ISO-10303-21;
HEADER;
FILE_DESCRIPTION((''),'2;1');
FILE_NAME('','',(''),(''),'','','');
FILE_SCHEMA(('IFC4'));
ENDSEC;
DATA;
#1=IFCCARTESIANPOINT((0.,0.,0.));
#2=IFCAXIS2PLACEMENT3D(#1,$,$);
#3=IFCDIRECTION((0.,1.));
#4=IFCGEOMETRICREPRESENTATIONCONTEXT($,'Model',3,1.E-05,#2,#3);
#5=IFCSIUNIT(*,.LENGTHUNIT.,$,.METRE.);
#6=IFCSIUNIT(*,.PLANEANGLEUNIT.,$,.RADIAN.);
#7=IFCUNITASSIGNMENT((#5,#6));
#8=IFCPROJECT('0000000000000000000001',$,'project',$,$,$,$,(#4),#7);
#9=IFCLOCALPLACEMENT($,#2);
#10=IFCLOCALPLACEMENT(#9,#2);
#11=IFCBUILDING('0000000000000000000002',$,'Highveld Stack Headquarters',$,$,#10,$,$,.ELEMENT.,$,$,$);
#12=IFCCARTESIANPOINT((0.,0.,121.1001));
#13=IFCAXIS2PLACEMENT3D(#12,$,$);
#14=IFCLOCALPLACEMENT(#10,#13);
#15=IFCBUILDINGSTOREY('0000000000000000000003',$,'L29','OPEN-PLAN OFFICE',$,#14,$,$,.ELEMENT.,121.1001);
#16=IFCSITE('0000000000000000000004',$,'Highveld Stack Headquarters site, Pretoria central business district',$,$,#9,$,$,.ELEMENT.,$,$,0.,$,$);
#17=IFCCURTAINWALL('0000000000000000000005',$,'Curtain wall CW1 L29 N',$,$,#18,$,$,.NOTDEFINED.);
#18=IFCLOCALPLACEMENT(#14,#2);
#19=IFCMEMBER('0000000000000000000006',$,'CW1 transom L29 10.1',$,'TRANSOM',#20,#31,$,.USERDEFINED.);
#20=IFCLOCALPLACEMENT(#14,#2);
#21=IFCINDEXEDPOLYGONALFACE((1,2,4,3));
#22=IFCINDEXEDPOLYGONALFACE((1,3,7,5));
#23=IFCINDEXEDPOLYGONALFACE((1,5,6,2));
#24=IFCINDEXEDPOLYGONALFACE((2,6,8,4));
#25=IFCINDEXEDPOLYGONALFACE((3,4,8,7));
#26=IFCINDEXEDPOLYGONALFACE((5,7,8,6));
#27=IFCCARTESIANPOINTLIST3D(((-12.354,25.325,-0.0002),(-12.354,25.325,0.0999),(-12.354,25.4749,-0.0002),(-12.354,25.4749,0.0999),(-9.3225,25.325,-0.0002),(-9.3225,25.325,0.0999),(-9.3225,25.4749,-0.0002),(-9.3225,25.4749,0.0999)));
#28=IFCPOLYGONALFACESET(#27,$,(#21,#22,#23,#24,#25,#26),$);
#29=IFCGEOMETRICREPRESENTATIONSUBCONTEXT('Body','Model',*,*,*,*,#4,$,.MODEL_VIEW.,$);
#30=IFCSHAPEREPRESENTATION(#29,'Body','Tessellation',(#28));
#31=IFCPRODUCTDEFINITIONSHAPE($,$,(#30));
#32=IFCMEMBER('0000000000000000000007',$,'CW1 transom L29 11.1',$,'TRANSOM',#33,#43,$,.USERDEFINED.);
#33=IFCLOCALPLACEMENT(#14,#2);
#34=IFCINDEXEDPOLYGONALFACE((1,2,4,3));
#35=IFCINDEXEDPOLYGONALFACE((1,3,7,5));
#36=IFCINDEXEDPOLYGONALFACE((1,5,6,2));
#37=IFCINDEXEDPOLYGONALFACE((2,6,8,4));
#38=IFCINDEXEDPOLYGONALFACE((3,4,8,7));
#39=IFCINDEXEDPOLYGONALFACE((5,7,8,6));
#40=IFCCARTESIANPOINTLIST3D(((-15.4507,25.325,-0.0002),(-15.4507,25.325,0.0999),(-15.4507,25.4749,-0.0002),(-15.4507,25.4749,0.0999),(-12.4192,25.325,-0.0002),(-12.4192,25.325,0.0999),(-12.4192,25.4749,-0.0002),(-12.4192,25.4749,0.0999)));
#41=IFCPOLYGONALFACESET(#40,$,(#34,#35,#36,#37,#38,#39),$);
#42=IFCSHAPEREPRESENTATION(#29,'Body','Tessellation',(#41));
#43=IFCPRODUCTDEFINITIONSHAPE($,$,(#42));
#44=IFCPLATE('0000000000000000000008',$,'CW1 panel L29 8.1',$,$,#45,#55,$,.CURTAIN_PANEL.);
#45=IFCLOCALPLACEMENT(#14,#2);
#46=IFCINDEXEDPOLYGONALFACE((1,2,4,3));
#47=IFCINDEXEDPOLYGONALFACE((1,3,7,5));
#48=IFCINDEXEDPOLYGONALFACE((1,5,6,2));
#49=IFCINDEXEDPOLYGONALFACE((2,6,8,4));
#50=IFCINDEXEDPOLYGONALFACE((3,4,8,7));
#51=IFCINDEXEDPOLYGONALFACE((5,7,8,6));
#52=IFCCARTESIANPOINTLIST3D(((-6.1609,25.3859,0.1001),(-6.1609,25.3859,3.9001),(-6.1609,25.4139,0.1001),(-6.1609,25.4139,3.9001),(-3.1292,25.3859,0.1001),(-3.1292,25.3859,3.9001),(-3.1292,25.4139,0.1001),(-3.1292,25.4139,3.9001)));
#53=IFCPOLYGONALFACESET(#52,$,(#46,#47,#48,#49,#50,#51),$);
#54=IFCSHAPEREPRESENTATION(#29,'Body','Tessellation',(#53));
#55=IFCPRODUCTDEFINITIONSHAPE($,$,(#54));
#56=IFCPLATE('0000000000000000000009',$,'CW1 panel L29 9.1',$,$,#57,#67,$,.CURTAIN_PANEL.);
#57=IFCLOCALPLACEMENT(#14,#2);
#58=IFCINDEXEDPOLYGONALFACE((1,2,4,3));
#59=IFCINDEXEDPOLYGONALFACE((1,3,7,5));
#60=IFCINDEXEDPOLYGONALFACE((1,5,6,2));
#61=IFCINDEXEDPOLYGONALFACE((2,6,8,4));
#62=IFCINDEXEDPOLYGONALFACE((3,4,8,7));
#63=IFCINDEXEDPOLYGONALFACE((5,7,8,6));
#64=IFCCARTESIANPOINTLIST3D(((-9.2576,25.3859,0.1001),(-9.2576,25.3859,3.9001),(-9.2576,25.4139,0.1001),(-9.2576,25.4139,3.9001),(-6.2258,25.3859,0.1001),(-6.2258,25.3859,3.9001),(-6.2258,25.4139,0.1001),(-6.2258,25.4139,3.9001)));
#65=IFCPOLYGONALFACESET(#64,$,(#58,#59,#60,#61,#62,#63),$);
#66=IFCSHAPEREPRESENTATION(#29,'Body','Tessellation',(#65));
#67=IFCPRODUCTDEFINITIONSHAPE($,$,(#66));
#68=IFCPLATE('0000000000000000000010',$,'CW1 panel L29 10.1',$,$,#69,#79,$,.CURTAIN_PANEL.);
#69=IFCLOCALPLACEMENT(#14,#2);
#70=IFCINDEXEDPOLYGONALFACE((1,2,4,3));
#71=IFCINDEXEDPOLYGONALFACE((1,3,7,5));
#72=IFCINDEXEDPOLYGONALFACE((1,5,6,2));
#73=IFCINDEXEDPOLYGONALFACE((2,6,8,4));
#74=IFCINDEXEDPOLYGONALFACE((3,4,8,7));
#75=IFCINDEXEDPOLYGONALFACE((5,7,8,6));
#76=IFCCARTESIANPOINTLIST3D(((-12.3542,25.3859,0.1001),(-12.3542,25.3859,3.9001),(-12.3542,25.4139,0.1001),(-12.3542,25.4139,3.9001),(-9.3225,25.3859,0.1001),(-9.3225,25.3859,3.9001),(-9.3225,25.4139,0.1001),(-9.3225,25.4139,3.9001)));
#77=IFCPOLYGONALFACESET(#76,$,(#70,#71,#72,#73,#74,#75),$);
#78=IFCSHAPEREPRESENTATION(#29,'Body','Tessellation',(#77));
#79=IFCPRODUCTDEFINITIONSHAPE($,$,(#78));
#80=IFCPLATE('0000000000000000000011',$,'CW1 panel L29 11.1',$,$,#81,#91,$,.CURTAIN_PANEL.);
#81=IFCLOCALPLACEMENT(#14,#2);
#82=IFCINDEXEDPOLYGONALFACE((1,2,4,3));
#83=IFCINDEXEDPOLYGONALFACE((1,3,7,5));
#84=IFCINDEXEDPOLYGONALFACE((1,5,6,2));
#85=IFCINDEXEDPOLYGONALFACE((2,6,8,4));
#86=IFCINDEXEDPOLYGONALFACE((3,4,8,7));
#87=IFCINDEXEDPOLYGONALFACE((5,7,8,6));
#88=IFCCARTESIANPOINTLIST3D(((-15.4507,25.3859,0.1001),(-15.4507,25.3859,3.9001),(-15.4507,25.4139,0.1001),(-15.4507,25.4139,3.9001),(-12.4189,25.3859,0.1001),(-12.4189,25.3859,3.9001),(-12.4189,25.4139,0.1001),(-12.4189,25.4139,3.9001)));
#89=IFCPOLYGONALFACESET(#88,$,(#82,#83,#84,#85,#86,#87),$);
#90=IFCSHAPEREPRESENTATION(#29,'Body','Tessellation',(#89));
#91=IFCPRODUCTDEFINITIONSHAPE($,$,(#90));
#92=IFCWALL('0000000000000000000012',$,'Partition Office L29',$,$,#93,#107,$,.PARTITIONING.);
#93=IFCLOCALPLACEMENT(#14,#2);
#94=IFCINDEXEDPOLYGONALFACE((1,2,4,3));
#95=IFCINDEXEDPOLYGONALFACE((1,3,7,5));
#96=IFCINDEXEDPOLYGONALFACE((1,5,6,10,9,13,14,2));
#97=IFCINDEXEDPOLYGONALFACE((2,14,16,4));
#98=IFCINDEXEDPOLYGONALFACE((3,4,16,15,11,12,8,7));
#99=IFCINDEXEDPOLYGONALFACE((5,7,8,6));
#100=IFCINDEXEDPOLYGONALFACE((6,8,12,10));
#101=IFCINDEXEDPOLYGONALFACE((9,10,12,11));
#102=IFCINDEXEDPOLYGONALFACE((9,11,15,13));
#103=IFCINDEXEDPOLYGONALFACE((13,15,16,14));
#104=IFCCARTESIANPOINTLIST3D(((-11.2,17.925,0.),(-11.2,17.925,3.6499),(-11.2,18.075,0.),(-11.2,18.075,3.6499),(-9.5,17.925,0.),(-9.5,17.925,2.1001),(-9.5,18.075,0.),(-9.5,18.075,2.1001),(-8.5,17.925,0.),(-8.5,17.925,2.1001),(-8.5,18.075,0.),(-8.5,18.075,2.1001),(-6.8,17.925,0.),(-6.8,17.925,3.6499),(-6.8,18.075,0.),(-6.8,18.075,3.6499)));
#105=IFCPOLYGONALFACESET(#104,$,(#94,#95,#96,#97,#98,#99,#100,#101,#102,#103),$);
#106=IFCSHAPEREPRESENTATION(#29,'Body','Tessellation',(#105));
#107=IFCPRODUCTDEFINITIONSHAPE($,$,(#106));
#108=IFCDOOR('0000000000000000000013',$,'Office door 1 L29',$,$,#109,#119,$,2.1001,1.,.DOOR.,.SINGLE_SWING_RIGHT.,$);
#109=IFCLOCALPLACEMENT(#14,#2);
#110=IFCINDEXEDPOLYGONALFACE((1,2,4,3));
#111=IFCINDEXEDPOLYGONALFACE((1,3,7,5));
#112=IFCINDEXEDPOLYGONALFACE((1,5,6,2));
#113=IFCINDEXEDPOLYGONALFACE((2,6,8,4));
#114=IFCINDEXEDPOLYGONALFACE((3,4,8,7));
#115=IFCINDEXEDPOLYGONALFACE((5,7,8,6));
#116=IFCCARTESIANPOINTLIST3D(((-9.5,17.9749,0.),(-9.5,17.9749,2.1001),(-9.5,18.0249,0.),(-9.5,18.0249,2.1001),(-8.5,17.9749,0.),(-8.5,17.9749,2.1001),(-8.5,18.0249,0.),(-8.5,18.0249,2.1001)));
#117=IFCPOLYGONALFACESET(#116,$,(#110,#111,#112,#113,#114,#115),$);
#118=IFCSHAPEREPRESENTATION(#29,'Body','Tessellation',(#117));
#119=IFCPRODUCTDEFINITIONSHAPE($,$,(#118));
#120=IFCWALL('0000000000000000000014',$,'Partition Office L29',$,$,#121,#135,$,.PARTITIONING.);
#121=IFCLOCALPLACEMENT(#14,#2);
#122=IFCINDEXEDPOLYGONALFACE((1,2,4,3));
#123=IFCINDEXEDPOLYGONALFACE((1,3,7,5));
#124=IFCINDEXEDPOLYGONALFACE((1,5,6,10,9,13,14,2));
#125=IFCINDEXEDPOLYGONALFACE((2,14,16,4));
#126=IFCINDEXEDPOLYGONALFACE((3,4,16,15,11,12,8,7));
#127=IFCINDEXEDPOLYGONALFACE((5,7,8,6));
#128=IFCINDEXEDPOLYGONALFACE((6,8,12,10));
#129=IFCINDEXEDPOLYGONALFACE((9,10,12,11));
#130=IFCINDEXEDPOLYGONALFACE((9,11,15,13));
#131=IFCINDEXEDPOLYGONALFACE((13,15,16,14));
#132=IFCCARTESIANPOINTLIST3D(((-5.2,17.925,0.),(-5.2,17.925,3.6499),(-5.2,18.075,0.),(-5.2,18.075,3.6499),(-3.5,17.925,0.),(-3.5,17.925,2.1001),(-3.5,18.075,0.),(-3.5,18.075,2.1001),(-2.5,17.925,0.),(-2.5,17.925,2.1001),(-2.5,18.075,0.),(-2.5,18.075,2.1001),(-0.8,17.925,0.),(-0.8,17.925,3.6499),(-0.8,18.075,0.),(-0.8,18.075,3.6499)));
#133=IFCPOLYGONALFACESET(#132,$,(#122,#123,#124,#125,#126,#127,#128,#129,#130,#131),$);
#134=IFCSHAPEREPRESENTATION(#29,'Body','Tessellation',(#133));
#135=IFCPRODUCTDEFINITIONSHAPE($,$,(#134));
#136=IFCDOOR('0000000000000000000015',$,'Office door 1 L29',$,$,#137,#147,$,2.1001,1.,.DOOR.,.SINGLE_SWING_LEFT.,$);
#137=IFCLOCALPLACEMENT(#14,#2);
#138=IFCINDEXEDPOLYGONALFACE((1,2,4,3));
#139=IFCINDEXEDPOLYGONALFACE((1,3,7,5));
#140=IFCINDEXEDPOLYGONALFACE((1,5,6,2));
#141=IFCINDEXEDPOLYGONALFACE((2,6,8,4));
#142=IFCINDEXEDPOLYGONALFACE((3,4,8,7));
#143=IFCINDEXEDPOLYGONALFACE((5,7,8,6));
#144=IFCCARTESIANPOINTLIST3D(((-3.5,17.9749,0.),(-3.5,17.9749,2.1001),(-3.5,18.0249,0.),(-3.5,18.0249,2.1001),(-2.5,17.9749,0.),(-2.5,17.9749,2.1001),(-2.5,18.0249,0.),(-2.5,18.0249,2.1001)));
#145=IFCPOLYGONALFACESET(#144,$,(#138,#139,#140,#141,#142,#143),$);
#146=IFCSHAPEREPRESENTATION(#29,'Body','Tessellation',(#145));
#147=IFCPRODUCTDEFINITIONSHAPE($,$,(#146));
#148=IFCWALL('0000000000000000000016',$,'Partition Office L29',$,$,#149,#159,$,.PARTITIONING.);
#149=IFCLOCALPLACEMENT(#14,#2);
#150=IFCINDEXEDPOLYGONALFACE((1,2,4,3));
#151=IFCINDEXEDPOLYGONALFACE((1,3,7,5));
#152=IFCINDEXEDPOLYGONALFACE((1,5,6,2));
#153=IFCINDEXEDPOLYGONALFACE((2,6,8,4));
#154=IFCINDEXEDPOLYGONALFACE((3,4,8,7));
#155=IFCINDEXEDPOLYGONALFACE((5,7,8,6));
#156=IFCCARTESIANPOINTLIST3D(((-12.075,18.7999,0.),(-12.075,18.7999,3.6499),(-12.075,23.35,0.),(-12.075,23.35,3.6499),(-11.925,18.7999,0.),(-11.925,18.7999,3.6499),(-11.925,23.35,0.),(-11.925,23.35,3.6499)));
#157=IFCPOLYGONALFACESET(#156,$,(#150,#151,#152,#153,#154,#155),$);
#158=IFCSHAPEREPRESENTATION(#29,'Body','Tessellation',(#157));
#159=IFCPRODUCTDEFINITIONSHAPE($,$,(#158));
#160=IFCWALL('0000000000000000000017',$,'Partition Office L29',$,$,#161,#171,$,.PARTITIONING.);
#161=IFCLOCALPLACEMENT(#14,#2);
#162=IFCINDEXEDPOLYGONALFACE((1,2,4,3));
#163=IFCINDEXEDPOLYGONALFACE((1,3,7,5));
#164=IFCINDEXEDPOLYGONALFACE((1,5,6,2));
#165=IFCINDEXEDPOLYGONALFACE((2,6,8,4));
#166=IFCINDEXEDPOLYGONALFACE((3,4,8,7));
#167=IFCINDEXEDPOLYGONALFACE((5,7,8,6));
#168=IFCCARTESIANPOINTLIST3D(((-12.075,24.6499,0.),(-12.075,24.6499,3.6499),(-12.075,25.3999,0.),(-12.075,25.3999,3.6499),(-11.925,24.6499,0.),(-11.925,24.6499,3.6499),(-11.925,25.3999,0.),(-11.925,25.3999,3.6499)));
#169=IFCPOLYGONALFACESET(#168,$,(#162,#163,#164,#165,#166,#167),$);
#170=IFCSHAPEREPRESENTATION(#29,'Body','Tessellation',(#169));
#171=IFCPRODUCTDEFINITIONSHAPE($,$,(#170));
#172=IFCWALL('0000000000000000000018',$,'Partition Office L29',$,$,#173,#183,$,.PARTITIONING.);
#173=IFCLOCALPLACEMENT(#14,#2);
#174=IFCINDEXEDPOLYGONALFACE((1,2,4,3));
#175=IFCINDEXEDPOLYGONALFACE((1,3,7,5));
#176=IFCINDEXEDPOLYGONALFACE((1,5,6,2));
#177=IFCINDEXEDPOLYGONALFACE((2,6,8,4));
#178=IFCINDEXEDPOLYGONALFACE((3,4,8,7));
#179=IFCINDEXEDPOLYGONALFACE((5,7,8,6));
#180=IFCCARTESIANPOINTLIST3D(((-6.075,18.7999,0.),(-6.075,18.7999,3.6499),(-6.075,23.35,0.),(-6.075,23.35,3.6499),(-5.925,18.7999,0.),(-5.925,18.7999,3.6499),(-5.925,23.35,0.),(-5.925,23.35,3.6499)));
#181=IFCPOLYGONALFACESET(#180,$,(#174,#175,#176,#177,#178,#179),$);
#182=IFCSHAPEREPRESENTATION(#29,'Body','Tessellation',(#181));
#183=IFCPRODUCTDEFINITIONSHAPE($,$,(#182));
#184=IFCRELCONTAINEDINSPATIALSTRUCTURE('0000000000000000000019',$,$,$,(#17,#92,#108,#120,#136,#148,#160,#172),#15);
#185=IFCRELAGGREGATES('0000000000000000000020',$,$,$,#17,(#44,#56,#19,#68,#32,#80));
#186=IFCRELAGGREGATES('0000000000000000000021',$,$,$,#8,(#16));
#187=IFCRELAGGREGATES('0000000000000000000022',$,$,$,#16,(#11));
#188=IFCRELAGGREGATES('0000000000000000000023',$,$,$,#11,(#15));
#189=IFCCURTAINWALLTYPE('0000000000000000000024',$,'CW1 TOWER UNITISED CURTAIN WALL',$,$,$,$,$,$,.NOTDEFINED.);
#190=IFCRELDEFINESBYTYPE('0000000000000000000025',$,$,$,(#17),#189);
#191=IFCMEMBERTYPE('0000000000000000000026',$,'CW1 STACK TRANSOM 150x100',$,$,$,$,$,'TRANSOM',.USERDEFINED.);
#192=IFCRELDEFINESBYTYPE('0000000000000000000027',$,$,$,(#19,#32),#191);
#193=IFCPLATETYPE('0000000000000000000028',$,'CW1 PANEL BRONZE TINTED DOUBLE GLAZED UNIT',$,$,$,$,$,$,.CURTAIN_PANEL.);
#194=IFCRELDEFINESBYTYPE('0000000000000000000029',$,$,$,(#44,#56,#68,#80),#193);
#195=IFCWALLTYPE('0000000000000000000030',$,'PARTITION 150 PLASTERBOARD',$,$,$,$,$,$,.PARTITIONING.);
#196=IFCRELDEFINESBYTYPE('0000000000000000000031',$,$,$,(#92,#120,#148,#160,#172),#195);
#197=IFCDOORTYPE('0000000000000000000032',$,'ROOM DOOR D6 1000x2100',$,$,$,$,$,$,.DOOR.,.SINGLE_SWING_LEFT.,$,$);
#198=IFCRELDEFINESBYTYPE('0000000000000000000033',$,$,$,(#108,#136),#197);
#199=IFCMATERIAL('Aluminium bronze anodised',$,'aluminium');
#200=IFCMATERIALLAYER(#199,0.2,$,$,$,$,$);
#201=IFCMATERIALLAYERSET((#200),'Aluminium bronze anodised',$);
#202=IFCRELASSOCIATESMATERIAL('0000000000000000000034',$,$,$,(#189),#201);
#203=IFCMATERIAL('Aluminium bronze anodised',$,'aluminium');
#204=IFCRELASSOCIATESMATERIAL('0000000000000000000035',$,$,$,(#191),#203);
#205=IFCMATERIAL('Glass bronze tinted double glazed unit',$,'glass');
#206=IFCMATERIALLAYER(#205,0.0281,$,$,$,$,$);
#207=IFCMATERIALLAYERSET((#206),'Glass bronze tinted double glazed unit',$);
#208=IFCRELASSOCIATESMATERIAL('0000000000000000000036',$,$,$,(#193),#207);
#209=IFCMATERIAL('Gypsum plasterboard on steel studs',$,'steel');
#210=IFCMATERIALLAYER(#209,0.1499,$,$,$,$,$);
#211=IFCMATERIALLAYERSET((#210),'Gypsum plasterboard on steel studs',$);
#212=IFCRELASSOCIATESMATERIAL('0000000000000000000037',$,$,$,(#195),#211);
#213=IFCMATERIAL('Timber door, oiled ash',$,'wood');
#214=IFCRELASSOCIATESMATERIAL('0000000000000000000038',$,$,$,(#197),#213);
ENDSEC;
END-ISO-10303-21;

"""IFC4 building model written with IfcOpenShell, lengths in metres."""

from ifc_helpers import new_model, si_unit, direction, frame, frame_2d, origin, origin_2d, place, context, subcontext, project, spatial, rectangle, extrude, material, layer, layer_set, material_profile, profile_set, type_object, element, fill, aggregate, save


model = new_model("IFC4")

# Units and contexts
model_context = context("Model", 3, precision=1e-05, world=origin(), true_north=direction((0.0, 1.0)))
body_context = subcontext(model_context, "Body", "Model", "MODEL_VIEW")
ifc_project = project(units=[si_unit("LENGTHUNIT", "METRE"), si_unit("PLANEANGLEUNIT", "RADIAN")], contexts=[model_context])

# Site, building, storey
site_placement = place(None, origin())
site = spatial("IfcSite", under=ifc_project, at=site_placement, Name="Highveld Stack Headquarters site, Pretoria central business district", CompositionType="ELEMENT", RefElevation=0.0)
building_placement = place(site_placement, origin())
building = spatial("IfcBuilding", under=site, at=building_placement, Name="Highveld Stack Headquarters", CompositionType="ELEMENT")
storey_placement = place(building_placement, frame((0.0, 0.0, 121.1001)))
storey = spatial("IfcBuildingStorey", under=building, at=storey_placement, Name="L29", Description="OPEN-PLAN OFFICE", CompositionType="ELEMENT", Elevation=121.1001)

# Curtain wall, members, plates
ifc_material_1 = material(Name="Aluminium bronze anodised", Category="aluminium")
ifc_layer_1 = layer(ifc_material_1, 0.2)
ifc_layer_set_1 = layer_set([ifc_layer_1], Name="Aluminium bronze anodised")
curtain_wall_type = type_object("IfcCurtainWallType", Name="CW1 TOWER UNITISED CURTAIN WALL", PredefinedType="NOTDEFINED", material=ifc_layer_set_1)
curtain_wall_placement = place(storey_placement, origin())
curtain_wall = element("IfcCurtainWall", 1, at=curtain_wall_placement, inside=storey, type_object=curtain_wall_type, Name="Curtain wall CW1 L29 N", PredefinedType="NOTDEFINED")
ifc_material_2 = material(Name="Aluminium bronze anodised", Category="aluminium")
ifc_material_profile_1 = material_profile(ifc_material_2, rectangle(XDim=0.1499, YDim=0.1001, at=origin_2d()), Name="CW1 TRANSOM 150x100")
ifc_profile_set_1 = profile_set([ifc_material_profile_1], Name="Aluminium bronze anodised")
member_type_1 = type_object("IfcMemberType", Name="CW1 STACK TRANSOM 150x100", ElementType="TRANSOM", PredefinedType="USERDEFINED", material=ifc_profile_set_1)
member_1_placement = place(storey_placement, frame((-9.3225, 25.3999, 0.0498), z_axis=(-1.0, 0.0, 0.0), x_axis=(0.0, -1.0, 0.0)))
member_1 = element("IfcMember", 2, at=member_1_placement, type_object=member_type_1, Name="CW1 transom L29 10.1", ObjectType="TRANSOM", PredefinedType="USERDEFINED", context=body_context, shape_type="SweptSolid", body=[
    extrude(rectangle(XDim=0.1499, YDim=0.1001, at=origin_2d()), origin(), (0.0, 0.0, 1.0), 3.0315),
])
member_2_placement = place(storey_placement, frame((-12.4192, 25.3999, 0.0498), z_axis=(-1.0, 0.0, 0.0), x_axis=(0.0, -1.0, 0.0)))
member_2 = element("IfcMember", 3, at=member_2_placement, type_object=member_type_1, Name="CW1 transom L29 11.1", ObjectType="TRANSOM", PredefinedType="USERDEFINED", context=body_context, shape_type="SweptSolid", body=[
    extrude(rectangle(XDim=0.1499, YDim=0.1001, at=origin_2d()), origin(), (0.0, 0.0, 1.0), 3.0315),
])
ifc_material_3 = material(Name="Glass bronze tinted double glazed unit", Category="glass")
ifc_layer_2 = layer(ifc_material_3, 0.0281)
ifc_layer_set_2 = layer_set([ifc_layer_2], Name="Glass bronze tinted double glazed unit")
plate_type = type_object("IfcPlateType", Name="CW1 PANEL BRONZE TINTED DOUBLE GLAZED UNIT", PredefinedType="CURTAIN_PANEL", material=ifc_layer_set_2)
plate_1_placement = place(storey_placement, frame((-4.645, 25.3999, 0.1001), z_axis=(0.0, 0.0, 1.0), x_axis=(-1.0, 0.0, 0.0)))
plate_1 = element("IfcPlate", 4, at=plate_1_placement, type_object=plate_type, Name="CW1 panel L29 8.1", PredefinedType="CURTAIN_PANEL", context=body_context, shape_type="SweptSolid", body=[
    extrude(rectangle(XDim=3.0317, YDim=0.0281, at=origin_2d()), origin(), (0.0, 0.0, 1.0), 3.8),
])
plate_2_placement = place(storey_placement, frame((-7.7417, 25.3999, 0.1001), z_axis=(0.0, 0.0, 1.0), x_axis=(-1.0, 0.0, 0.0)))
plate_2 = element("IfcPlate", 5, at=plate_2_placement, type_object=plate_type, Name="CW1 panel L29 9.1", PredefinedType="CURTAIN_PANEL", context=body_context, shape_type="SweptSolid", body=[
    extrude(rectangle(XDim=3.0317, YDim=0.0281, at=origin_2d()), origin(), (0.0, 0.0, 1.0), 3.8),
])
plate_3_placement = place(storey_placement, frame((-10.8384, 25.3999, 0.1001), z_axis=(0.0, 0.0, 1.0), x_axis=(-1.0, 0.0, 0.0)))
plate_3 = element("IfcPlate", 6, at=plate_3_placement, type_object=plate_type, Name="CW1 panel L29 10.1", PredefinedType="CURTAIN_PANEL", context=body_context, shape_type="SweptSolid", body=[
    extrude(rectangle(XDim=3.0317, YDim=0.0281, at=origin_2d()), origin(), (0.0, 0.0, 1.0), 3.8),
])
plate_4_placement = place(storey_placement, frame((-13.9348, 25.3999, 0.1001), z_axis=(0.0, 0.0, 1.0), x_axis=(-1.0, 0.0, 0.0)))
plate_4 = element("IfcPlate", 7, at=plate_4_placement, type_object=plate_type, Name="CW1 panel L29 11.1", PredefinedType="CURTAIN_PANEL", context=body_context, shape_type="SweptSolid", body=[
    extrude(rectangle(XDim=3.0317, YDim=0.0281, at=origin_2d()), origin(), (0.0, 0.0, 1.0), 3.8),
])
aggregate(curtain_wall, [plate_1, plate_2, member_1, plate_3, member_2, plate_4])

# Walls, openings, doors
ifc_material_4 = material(Name="Gypsum plasterboard on steel studs", Category="steel")
ifc_layer_3 = layer(ifc_material_4, 0.1499)
ifc_layer_set_3 = layer_set([ifc_layer_3], Name="Gypsum plasterboard on steel studs")
wall_type = type_object("IfcWallType", Name="PARTITION 150 PLASTERBOARD", PredefinedType="PARTITIONING", material=ifc_layer_set_3)
wall_1_placement = place(storey_placement, frame((-11.2, 18.0, 0.0), z_axis=(0.0, 0.0, 1.0), x_axis=(1.0, 0.0, 0.0)))
wall_1 = element("IfcWall", 8, at=wall_1_placement, inside=storey, type_object=wall_type, Name="Partition Office L29", PredefinedType="PARTITIONING", context=body_context, shape_type="SweptSolid", body=[
    extrude(rectangle(XDim=4.3999, YDim=0.1499, at=frame_2d((2.2, 0.0))), origin(), (0.0, 0.0, 1.0), 3.6499),
])
opening_1_placement = place(wall_1_placement, frame((1.7, 0.0, 0.0)))
opening_1 = element("IfcOpeningElement", 9, at=opening_1_placement, cuts=wall_1, PredefinedType="OPENING", context=body_context, shape_type="SweptSolid", body=[
    extrude(rectangle(XDim=1.0, YDim=2.1001, at=frame_2d((0.5, 1.05))), frame((0.0, 0.085, 0.0), z_axis=(0.0, -1.0, 0.0), x_axis=(1.0, 0.0, 0.0)), (0.0, 0.0, 1.0), 0.1699),
])
ifc_material_5 = material(Name="Timber door, oiled ash", Category="wood")
door_type = type_object("IfcDoorType", Name="ROOM DOOR D6 1000x2100", OperationType="SINGLE_SWING_LEFT", PredefinedType="DOOR", material=ifc_material_5)
door_1_placement = place(opening_1_placement, origin())
door_1 = element("IfcDoor", 10, at=door_1_placement, inside=storey, type_object=door_type, Name="Office door 1 L29", OperationType="SINGLE_SWING_RIGHT", OverallHeight=2.1001, OverallWidth=1.0, PredefinedType="DOOR", context=body_context, shape_type="SweptSolid", body=[
    extrude(rectangle(XDim=1.0, YDim=2.1001, at=frame_2d((0.5, 1.05))), frame((0.0, 0.0249, 0.0), z_axis=(0.0, -1.0, 0.0), x_axis=(1.0, 0.0, 0.0)), (0.0, 0.0, 1.0), 0.05),
])
fill(opening_1, door_1)
wall_2_placement = place(storey_placement, frame((-5.2, 18.0, 0.0), z_axis=(0.0, 0.0, 1.0), x_axis=(1.0, 0.0, 0.0)))
wall_2 = element("IfcWall", 11, at=wall_2_placement, inside=storey, type_object=wall_type, Name="Partition Office L29", PredefinedType="PARTITIONING", context=body_context, shape_type="SweptSolid", body=[
    extrude(rectangle(XDim=4.3999, YDim=0.1499, at=frame_2d((2.2, 0.0))), origin(), (0.0, 0.0, 1.0), 3.6499),
])
opening_2_placement = place(wall_2_placement, frame((1.7, 0.0, 0.0)))
opening_2 = element("IfcOpeningElement", 12, at=opening_2_placement, cuts=wall_2, PredefinedType="OPENING", context=body_context, shape_type="SweptSolid", body=[
    extrude(rectangle(XDim=1.0, YDim=2.1001, at=frame_2d((0.5, 1.05))), frame((0.0, 0.085, 0.0), z_axis=(0.0, -1.0, 0.0), x_axis=(1.0, 0.0, 0.0)), (0.0, 0.0, 1.0), 0.1699),
])
door_2_placement = place(opening_2_placement, origin())
door_2 = element("IfcDoor", 13, at=door_2_placement, inside=storey, type_object=door_type, Name="Office door 1 L29", OperationType="SINGLE_SWING_LEFT", OverallHeight=2.1001, OverallWidth=1.0, PredefinedType="DOOR", context=body_context, shape_type="SweptSolid", body=[
    extrude(rectangle(XDim=1.0, YDim=2.1001, at=frame_2d((0.5, 1.05))), frame((0.0, 0.0249, 0.0), z_axis=(0.0, -1.0, 0.0), x_axis=(1.0, 0.0, 0.0)), (0.0, 0.0, 1.0), 0.05),
])
fill(opening_2, door_2)

# Walls
wall_3_placement = place(storey_placement, frame((-12.0, 18.8, 0.0), z_axis=(0.0, 0.0, 1.0), x_axis=(0.0, 1.0, 0.0)))
element("IfcWall", 14, at=wall_3_placement, inside=storey, type_object=wall_type, Name="Partition Office L29", PredefinedType="PARTITIONING", context=body_context, shape_type="SweptSolid", body=[
    extrude(rectangle(XDim=4.55, YDim=0.1499, at=frame_2d((2.2749, 0.0))), origin(), (0.0, 0.0, 1.0), 3.6499),
])
wall_4_placement = place(storey_placement, frame((-12.0, 24.6499, 0.0), z_axis=(0.0, 0.0, 1.0), x_axis=(0.0, 1.0, 0.0)))
element("IfcWall", 15, at=wall_4_placement, inside=storey, type_object=wall_type, Name="Partition Office L29", PredefinedType="PARTITIONING", context=body_context, shape_type="SweptSolid", body=[
    extrude(rectangle(XDim=0.75, YDim=0.1499, at=frame_2d((0.375, 0.0))), origin(), (0.0, 0.0, 1.0), 3.6499),
])
wall_5_placement = place(storey_placement, frame((-6.0, 18.8, 0.0), z_axis=(0.0, 0.0, 1.0), x_axis=(0.0, 1.0, 0.0)))
element("IfcWall", 16, at=wall_5_placement, inside=storey, type_object=wall_type, Name="Partition Office L29", PredefinedType="PARTITIONING", context=body_context, shape_type="SweptSolid", body=[
    extrude(rectangle(XDim=4.55, YDim=0.1499, at=frame_2d((2.2749, 0.0))), origin(), (0.0, 0.0, 1.0), 3.6499),
])

save(model, "model.ifc")
